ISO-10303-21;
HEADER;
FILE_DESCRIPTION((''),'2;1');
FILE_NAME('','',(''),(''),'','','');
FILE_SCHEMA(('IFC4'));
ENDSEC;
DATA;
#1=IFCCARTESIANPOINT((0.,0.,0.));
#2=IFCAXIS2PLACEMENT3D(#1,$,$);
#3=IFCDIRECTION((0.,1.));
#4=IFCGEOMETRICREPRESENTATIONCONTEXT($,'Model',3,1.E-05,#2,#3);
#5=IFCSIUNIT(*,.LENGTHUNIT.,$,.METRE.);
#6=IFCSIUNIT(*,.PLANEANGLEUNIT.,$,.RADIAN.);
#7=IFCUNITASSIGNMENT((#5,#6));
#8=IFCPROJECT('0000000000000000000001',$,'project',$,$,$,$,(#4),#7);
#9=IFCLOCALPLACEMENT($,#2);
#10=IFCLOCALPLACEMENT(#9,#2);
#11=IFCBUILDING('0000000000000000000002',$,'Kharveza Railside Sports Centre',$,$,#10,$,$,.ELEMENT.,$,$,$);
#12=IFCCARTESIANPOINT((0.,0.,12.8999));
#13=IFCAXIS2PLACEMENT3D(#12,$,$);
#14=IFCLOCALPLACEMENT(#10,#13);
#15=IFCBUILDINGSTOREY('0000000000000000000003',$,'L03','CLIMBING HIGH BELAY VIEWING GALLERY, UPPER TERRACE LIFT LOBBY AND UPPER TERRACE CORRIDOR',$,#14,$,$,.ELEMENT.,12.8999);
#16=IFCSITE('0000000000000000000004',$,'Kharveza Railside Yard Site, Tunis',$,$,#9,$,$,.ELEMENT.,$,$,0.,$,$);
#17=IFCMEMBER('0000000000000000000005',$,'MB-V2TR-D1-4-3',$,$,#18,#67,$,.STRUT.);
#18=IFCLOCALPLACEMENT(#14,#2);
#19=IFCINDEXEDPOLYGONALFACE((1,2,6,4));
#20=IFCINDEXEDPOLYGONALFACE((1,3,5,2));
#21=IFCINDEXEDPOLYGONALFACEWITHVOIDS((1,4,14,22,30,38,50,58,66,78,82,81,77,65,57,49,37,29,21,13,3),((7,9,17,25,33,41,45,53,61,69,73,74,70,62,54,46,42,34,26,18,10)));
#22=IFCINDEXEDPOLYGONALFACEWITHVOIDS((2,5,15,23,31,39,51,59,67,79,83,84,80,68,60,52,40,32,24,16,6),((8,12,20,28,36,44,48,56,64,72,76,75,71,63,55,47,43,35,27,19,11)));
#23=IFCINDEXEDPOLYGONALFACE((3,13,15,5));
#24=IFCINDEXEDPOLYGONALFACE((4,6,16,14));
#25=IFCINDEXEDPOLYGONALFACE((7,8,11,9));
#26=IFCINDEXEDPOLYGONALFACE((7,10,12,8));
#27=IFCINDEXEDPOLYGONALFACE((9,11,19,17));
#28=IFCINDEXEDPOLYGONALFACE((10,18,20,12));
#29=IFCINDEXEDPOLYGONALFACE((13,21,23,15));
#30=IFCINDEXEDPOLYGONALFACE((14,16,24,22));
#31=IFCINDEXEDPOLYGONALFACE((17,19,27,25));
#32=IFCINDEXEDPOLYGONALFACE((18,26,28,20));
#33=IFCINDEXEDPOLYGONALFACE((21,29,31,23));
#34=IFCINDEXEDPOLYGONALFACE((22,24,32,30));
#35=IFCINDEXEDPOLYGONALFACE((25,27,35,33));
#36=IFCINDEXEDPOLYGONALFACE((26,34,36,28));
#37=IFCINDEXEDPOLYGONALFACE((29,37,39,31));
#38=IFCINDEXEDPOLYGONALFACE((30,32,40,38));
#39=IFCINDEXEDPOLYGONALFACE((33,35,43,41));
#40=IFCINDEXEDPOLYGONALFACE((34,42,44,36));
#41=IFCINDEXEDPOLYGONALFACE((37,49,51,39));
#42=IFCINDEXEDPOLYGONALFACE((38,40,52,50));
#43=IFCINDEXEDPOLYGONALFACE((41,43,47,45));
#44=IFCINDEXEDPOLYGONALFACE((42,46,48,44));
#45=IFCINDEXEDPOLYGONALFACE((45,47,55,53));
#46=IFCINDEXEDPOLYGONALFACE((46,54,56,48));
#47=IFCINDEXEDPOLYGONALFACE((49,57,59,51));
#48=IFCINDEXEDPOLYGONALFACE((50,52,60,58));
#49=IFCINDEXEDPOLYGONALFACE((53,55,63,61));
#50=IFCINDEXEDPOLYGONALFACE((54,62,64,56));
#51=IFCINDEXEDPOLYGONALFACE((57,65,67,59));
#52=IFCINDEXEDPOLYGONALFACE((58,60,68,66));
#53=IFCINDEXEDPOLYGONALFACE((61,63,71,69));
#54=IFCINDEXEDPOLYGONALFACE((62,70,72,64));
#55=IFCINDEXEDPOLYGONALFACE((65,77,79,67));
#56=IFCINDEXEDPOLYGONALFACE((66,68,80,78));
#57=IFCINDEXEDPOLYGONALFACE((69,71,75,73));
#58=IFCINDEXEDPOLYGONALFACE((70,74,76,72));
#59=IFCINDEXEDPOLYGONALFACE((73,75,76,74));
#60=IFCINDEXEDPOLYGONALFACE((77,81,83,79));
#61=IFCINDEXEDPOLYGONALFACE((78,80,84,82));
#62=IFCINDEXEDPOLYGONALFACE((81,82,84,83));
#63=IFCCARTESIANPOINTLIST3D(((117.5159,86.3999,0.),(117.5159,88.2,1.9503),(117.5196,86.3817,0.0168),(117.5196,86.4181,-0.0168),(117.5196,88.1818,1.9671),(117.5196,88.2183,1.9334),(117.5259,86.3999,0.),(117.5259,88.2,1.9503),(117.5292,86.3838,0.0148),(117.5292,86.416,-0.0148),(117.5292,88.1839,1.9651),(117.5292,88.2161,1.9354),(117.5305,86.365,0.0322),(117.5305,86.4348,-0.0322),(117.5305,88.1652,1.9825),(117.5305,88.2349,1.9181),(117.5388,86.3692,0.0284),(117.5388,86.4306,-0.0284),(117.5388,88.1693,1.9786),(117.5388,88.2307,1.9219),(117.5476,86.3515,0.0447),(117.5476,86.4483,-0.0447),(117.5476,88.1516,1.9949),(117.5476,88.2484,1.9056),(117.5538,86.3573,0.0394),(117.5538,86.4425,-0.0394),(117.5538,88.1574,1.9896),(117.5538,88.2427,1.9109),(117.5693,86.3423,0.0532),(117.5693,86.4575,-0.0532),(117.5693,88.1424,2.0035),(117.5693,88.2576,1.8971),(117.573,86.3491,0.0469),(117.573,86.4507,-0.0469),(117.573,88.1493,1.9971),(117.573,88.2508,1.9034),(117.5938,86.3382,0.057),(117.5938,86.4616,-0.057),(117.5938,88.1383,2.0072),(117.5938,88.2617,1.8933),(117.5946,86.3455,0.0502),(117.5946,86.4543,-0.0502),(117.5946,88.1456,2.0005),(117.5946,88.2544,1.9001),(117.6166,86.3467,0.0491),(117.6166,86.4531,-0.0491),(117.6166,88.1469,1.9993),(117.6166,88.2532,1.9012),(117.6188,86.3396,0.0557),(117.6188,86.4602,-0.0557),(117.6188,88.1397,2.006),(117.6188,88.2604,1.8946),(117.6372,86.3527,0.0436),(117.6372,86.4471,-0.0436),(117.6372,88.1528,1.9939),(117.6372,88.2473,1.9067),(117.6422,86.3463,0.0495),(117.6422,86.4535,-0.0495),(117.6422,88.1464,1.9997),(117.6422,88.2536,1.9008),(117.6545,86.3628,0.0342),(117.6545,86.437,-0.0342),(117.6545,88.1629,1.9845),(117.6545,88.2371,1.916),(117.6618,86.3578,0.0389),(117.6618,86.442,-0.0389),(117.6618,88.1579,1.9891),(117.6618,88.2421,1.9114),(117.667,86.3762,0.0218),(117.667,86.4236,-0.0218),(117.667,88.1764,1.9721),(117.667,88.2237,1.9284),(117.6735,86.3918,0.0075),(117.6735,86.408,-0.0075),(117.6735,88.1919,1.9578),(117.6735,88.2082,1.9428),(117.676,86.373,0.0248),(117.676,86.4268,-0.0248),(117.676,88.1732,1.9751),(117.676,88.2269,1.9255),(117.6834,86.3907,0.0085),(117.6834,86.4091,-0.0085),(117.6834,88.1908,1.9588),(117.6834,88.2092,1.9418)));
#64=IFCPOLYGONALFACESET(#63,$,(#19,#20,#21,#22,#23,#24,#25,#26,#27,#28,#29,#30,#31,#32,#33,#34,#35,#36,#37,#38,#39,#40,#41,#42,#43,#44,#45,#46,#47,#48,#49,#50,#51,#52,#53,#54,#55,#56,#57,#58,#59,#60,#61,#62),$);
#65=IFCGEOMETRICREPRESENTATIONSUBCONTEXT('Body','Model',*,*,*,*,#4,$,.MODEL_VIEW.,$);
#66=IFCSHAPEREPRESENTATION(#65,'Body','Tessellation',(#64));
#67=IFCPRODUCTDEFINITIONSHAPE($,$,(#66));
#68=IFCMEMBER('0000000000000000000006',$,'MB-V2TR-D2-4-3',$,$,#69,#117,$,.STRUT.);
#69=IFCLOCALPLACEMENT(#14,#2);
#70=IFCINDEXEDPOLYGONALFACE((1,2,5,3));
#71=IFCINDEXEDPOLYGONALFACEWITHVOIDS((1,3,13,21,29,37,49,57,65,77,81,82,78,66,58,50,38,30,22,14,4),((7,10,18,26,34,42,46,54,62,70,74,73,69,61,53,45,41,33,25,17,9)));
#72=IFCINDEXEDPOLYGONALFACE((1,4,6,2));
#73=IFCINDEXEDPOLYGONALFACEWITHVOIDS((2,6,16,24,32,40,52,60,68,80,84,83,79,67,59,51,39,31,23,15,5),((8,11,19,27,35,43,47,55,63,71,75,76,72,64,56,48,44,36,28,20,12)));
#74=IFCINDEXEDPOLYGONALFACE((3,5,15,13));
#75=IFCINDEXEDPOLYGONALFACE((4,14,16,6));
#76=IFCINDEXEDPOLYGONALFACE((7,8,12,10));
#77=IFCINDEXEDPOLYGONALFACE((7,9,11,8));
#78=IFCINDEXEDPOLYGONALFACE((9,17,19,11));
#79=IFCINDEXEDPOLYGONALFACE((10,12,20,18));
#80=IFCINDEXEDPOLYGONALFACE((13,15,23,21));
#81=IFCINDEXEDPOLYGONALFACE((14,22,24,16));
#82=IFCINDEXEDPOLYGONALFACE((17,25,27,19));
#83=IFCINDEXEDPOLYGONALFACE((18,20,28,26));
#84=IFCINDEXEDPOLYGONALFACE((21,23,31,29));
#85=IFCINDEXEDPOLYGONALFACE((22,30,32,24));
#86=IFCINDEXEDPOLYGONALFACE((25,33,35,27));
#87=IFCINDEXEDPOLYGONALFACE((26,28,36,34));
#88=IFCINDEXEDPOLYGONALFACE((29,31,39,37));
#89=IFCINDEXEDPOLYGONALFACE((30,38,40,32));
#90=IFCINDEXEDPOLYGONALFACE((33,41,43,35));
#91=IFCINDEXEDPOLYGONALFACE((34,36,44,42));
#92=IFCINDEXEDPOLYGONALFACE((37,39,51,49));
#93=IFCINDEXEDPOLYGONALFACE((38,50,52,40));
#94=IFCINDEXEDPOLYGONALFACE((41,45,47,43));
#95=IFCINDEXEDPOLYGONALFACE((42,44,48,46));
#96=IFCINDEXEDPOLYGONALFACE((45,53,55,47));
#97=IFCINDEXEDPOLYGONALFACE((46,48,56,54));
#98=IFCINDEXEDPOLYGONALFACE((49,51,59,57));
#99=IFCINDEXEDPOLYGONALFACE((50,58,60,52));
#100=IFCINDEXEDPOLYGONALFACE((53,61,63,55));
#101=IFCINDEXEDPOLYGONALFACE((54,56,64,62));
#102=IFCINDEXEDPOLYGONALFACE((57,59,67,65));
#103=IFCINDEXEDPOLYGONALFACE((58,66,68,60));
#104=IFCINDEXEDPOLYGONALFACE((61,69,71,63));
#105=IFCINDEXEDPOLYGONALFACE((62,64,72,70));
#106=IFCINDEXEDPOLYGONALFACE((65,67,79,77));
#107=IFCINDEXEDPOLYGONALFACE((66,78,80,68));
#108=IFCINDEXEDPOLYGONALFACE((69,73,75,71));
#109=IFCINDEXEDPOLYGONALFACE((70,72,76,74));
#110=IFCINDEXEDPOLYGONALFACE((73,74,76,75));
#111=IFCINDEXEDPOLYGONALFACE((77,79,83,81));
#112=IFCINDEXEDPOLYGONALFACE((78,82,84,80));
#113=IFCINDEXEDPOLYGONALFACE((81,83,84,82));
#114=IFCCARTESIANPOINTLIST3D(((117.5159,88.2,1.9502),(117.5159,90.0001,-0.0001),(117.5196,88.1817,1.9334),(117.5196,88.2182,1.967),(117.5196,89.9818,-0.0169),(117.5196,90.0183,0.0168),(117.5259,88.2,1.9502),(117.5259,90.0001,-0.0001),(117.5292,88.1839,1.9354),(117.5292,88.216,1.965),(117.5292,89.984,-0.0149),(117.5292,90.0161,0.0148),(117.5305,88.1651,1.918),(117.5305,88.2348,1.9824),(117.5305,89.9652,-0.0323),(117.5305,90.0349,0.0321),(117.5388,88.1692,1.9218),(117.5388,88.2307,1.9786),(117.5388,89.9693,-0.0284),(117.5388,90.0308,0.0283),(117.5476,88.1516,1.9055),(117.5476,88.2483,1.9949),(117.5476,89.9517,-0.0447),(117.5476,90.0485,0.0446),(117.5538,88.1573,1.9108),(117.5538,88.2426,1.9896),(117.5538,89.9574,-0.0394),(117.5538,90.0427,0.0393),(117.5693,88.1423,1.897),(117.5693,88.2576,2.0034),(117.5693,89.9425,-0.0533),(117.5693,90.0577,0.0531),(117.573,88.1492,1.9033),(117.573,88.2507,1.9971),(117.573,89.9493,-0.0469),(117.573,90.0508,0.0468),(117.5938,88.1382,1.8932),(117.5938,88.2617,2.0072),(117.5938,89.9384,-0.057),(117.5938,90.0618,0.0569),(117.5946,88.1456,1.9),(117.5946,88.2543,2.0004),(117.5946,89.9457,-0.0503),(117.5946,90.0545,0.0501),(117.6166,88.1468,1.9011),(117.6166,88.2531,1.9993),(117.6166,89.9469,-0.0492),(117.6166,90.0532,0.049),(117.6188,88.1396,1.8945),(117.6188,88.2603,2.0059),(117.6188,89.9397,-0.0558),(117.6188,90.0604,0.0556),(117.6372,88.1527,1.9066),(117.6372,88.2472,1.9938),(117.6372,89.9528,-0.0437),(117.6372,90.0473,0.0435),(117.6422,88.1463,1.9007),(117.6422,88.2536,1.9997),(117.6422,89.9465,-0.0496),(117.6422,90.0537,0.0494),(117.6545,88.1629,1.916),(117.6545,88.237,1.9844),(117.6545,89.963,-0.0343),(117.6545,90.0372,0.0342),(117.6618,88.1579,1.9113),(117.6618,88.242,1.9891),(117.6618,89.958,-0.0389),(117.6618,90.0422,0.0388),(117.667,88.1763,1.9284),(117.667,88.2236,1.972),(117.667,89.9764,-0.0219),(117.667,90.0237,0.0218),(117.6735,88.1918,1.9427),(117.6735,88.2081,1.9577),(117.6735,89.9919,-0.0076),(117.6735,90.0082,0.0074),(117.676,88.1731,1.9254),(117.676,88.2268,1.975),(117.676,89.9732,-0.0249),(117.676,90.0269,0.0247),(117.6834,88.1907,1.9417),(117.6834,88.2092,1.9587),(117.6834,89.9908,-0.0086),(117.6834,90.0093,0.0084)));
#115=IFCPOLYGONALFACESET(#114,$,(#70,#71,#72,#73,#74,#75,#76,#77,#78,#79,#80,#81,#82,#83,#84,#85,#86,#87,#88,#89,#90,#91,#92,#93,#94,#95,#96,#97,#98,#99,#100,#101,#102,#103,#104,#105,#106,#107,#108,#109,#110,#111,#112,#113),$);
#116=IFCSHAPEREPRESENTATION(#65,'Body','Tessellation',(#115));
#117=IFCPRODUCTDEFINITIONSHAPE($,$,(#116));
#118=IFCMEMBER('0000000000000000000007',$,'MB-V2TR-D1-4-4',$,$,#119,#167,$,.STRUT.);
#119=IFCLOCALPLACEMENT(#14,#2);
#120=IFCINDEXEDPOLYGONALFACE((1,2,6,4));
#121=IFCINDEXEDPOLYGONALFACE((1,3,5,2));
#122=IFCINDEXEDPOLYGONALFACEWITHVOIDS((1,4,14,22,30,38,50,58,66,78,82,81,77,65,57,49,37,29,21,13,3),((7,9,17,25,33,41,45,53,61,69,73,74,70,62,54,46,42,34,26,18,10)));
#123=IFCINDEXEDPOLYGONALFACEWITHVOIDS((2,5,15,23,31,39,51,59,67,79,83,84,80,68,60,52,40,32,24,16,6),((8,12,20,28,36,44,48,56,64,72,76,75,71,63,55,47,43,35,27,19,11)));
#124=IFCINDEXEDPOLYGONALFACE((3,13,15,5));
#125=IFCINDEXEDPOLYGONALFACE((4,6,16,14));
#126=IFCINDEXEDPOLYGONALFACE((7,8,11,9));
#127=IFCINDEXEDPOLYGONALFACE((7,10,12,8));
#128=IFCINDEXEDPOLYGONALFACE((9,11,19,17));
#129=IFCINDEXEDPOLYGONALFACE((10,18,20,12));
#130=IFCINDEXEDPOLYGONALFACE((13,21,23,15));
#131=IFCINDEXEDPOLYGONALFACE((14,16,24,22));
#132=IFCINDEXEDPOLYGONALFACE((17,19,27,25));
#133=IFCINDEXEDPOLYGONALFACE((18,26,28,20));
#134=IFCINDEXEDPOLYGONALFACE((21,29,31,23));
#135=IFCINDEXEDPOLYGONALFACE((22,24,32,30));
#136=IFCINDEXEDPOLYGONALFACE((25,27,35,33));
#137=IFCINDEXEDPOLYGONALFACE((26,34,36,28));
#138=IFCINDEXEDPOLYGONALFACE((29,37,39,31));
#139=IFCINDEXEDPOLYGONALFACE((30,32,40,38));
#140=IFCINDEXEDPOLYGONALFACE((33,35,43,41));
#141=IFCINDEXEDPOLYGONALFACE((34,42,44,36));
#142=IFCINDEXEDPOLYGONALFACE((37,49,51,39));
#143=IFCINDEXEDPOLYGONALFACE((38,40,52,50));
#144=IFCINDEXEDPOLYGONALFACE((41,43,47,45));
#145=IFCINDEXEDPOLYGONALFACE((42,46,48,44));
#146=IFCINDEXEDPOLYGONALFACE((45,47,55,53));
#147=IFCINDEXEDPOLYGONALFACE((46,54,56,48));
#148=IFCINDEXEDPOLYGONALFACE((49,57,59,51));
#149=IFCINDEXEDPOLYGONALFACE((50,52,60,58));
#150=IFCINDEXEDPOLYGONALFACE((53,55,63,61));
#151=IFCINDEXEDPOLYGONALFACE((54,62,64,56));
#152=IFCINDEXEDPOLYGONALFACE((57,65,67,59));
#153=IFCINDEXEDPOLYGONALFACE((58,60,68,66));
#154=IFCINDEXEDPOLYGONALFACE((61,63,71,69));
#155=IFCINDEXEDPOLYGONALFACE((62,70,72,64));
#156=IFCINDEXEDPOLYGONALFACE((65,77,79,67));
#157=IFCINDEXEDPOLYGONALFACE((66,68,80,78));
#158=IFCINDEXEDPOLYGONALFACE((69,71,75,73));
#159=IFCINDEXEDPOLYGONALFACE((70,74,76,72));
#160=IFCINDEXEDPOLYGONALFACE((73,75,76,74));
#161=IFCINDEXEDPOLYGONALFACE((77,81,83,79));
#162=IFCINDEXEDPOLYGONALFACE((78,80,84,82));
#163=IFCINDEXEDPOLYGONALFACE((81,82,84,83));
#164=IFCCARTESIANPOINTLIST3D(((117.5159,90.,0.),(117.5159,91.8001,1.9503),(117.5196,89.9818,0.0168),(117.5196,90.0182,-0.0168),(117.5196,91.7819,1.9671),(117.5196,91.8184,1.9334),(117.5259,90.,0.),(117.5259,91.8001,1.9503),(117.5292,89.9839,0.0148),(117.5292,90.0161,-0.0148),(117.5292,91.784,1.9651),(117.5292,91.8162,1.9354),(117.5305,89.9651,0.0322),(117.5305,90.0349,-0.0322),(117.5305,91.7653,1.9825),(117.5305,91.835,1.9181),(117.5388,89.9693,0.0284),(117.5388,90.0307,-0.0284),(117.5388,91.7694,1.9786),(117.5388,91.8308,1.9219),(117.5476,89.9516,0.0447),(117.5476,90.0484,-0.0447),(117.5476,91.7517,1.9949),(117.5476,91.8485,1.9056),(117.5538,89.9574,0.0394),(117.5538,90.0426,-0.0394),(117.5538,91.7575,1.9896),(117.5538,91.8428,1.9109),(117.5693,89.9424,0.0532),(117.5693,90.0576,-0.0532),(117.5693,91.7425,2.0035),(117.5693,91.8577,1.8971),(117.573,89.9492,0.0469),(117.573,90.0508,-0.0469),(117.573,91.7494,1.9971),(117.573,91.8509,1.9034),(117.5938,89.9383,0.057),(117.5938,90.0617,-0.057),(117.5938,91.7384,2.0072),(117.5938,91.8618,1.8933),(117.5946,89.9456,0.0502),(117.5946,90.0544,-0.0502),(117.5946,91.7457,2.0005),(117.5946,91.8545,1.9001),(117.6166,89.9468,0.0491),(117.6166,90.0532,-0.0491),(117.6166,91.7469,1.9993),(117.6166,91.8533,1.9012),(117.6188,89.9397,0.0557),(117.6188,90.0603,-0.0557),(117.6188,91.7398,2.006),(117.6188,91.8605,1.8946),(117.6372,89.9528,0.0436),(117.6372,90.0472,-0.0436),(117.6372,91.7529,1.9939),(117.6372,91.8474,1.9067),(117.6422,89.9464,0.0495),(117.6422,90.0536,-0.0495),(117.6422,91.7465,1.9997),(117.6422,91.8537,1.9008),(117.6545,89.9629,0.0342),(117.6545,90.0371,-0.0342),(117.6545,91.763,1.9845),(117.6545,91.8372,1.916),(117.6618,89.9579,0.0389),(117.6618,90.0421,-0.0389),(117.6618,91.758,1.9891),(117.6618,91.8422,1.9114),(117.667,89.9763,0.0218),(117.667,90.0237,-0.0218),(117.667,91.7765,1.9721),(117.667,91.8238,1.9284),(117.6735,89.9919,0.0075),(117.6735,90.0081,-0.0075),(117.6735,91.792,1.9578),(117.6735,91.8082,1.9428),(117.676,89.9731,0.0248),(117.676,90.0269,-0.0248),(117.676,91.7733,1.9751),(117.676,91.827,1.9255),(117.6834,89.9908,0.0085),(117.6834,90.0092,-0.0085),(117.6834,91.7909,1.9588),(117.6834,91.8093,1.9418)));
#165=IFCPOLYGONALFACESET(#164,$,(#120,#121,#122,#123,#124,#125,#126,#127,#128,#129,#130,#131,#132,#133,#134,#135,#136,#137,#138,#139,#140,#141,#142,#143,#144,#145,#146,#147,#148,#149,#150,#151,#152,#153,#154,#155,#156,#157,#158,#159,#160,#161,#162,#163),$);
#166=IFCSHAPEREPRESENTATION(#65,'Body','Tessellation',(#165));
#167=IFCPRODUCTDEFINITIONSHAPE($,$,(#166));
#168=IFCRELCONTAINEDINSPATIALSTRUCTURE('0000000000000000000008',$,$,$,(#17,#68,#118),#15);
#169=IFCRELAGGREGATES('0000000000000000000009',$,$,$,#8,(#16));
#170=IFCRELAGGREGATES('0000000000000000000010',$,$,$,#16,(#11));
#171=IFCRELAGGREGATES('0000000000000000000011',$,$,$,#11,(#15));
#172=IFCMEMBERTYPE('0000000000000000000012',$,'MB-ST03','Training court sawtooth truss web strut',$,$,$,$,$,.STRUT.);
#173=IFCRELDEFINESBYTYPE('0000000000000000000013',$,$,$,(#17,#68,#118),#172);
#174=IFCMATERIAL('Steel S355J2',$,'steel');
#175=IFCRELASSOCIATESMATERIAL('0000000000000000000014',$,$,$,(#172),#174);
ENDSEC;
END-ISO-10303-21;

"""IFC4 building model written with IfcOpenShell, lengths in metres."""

from ifc_helpers import new_model, si_unit, direction, frame, origin, origin_2d, place, context, subcontext, project, spatial, hollow_circle, extrude, material, material_profile, profile_set, type_object, element, save


model = new_model("IFC4")

# Units and contexts
model_context = context("Model", 3, precision=1e-05, world=origin(), true_north=direction((0.0, 1.0)))
body_context = subcontext(model_context, "Body", "Model", "MODEL_VIEW")
ifc_project = project(units=[si_unit("LENGTHUNIT", "METRE"), si_unit("PLANEANGLEUNIT", "RADIAN")], contexts=[model_context])

# Site, building, storey
site_placement = place(None, origin())
site = spatial("IfcSite", under=ifc_project, at=site_placement, Name="Kharveza Railside Yard Site, Tunis", CompositionType="ELEMENT", RefElevation=0.0)
building_placement = place(site_placement, origin())
building = spatial("IfcBuilding", under=site, at=building_placement, Name="Kharveza Railside Sports Centre", CompositionType="ELEMENT")
storey_placement = place(building_placement, frame((0.0, 0.0, 12.8999)))
storey = spatial("IfcBuildingStorey", under=building, at=storey_placement, Name="L03", Description="CLIMBING HIGH BELAY VIEWING GALLERY, UPPER TERRACE LIFT LOBBY AND UPPER TERRACE CORRIDOR", CompositionType="ELEMENT", Elevation=12.8999)

# Shared definitions
ifc_material_1 = material(Name="Steel S355J2", Category="steel")

# Members
ifc_material_profile_1 = material_profile(ifc_material_1, hollow_circle(Radius=0.0842, WallThickness=0.01, at=origin_2d()), Name="CHS 168.3x10.0")
ifc_profile_set_1 = profile_set([ifc_material_profile_1], Name="Steel S355J2")
member_type_1 = type_object("IfcMemberType", Name="MB-ST03", Description="Training court sawtooth truss web strut", PredefinedType="STRUT", material=ifc_profile_set_1)
for number, where, z_axis, x_axis, name in (
    (1, (117.6001, 86.3999, 0.0), (0.0, 0.678253, 0.734828), (-1.0, 0.0, 0.0), "MB-V2TR-D1-4-3"),
    (2, (117.6001, 88.2, 1.9502), (0.0, 0.678253, -0.734828), (-1.0, 0.0, 0.0), "MB-V2TR-D2-4-3"),
    (3, (117.6001, 90.0, 0.0), (0.0, 0.678253, 0.734828), (-1.0, 0.0, 0.0), "MB-V2TR-D1-4-4"),
):
    element("IfcMember", number, at=place(storey_placement, frame(where, z_axis=z_axis, x_axis=x_axis)), inside=storey, type_object=member_type_1, Name=name, PredefinedType="STRUT", context=body_context, shape_type="SweptSolid", body=[
        extrude(hollow_circle(Radius=0.0842, WallThickness=0.01, at=origin_2d()), origin(), (0.0, 0.0, 1.0), 2.6541),
    ])

save(model, "model.ifc")
